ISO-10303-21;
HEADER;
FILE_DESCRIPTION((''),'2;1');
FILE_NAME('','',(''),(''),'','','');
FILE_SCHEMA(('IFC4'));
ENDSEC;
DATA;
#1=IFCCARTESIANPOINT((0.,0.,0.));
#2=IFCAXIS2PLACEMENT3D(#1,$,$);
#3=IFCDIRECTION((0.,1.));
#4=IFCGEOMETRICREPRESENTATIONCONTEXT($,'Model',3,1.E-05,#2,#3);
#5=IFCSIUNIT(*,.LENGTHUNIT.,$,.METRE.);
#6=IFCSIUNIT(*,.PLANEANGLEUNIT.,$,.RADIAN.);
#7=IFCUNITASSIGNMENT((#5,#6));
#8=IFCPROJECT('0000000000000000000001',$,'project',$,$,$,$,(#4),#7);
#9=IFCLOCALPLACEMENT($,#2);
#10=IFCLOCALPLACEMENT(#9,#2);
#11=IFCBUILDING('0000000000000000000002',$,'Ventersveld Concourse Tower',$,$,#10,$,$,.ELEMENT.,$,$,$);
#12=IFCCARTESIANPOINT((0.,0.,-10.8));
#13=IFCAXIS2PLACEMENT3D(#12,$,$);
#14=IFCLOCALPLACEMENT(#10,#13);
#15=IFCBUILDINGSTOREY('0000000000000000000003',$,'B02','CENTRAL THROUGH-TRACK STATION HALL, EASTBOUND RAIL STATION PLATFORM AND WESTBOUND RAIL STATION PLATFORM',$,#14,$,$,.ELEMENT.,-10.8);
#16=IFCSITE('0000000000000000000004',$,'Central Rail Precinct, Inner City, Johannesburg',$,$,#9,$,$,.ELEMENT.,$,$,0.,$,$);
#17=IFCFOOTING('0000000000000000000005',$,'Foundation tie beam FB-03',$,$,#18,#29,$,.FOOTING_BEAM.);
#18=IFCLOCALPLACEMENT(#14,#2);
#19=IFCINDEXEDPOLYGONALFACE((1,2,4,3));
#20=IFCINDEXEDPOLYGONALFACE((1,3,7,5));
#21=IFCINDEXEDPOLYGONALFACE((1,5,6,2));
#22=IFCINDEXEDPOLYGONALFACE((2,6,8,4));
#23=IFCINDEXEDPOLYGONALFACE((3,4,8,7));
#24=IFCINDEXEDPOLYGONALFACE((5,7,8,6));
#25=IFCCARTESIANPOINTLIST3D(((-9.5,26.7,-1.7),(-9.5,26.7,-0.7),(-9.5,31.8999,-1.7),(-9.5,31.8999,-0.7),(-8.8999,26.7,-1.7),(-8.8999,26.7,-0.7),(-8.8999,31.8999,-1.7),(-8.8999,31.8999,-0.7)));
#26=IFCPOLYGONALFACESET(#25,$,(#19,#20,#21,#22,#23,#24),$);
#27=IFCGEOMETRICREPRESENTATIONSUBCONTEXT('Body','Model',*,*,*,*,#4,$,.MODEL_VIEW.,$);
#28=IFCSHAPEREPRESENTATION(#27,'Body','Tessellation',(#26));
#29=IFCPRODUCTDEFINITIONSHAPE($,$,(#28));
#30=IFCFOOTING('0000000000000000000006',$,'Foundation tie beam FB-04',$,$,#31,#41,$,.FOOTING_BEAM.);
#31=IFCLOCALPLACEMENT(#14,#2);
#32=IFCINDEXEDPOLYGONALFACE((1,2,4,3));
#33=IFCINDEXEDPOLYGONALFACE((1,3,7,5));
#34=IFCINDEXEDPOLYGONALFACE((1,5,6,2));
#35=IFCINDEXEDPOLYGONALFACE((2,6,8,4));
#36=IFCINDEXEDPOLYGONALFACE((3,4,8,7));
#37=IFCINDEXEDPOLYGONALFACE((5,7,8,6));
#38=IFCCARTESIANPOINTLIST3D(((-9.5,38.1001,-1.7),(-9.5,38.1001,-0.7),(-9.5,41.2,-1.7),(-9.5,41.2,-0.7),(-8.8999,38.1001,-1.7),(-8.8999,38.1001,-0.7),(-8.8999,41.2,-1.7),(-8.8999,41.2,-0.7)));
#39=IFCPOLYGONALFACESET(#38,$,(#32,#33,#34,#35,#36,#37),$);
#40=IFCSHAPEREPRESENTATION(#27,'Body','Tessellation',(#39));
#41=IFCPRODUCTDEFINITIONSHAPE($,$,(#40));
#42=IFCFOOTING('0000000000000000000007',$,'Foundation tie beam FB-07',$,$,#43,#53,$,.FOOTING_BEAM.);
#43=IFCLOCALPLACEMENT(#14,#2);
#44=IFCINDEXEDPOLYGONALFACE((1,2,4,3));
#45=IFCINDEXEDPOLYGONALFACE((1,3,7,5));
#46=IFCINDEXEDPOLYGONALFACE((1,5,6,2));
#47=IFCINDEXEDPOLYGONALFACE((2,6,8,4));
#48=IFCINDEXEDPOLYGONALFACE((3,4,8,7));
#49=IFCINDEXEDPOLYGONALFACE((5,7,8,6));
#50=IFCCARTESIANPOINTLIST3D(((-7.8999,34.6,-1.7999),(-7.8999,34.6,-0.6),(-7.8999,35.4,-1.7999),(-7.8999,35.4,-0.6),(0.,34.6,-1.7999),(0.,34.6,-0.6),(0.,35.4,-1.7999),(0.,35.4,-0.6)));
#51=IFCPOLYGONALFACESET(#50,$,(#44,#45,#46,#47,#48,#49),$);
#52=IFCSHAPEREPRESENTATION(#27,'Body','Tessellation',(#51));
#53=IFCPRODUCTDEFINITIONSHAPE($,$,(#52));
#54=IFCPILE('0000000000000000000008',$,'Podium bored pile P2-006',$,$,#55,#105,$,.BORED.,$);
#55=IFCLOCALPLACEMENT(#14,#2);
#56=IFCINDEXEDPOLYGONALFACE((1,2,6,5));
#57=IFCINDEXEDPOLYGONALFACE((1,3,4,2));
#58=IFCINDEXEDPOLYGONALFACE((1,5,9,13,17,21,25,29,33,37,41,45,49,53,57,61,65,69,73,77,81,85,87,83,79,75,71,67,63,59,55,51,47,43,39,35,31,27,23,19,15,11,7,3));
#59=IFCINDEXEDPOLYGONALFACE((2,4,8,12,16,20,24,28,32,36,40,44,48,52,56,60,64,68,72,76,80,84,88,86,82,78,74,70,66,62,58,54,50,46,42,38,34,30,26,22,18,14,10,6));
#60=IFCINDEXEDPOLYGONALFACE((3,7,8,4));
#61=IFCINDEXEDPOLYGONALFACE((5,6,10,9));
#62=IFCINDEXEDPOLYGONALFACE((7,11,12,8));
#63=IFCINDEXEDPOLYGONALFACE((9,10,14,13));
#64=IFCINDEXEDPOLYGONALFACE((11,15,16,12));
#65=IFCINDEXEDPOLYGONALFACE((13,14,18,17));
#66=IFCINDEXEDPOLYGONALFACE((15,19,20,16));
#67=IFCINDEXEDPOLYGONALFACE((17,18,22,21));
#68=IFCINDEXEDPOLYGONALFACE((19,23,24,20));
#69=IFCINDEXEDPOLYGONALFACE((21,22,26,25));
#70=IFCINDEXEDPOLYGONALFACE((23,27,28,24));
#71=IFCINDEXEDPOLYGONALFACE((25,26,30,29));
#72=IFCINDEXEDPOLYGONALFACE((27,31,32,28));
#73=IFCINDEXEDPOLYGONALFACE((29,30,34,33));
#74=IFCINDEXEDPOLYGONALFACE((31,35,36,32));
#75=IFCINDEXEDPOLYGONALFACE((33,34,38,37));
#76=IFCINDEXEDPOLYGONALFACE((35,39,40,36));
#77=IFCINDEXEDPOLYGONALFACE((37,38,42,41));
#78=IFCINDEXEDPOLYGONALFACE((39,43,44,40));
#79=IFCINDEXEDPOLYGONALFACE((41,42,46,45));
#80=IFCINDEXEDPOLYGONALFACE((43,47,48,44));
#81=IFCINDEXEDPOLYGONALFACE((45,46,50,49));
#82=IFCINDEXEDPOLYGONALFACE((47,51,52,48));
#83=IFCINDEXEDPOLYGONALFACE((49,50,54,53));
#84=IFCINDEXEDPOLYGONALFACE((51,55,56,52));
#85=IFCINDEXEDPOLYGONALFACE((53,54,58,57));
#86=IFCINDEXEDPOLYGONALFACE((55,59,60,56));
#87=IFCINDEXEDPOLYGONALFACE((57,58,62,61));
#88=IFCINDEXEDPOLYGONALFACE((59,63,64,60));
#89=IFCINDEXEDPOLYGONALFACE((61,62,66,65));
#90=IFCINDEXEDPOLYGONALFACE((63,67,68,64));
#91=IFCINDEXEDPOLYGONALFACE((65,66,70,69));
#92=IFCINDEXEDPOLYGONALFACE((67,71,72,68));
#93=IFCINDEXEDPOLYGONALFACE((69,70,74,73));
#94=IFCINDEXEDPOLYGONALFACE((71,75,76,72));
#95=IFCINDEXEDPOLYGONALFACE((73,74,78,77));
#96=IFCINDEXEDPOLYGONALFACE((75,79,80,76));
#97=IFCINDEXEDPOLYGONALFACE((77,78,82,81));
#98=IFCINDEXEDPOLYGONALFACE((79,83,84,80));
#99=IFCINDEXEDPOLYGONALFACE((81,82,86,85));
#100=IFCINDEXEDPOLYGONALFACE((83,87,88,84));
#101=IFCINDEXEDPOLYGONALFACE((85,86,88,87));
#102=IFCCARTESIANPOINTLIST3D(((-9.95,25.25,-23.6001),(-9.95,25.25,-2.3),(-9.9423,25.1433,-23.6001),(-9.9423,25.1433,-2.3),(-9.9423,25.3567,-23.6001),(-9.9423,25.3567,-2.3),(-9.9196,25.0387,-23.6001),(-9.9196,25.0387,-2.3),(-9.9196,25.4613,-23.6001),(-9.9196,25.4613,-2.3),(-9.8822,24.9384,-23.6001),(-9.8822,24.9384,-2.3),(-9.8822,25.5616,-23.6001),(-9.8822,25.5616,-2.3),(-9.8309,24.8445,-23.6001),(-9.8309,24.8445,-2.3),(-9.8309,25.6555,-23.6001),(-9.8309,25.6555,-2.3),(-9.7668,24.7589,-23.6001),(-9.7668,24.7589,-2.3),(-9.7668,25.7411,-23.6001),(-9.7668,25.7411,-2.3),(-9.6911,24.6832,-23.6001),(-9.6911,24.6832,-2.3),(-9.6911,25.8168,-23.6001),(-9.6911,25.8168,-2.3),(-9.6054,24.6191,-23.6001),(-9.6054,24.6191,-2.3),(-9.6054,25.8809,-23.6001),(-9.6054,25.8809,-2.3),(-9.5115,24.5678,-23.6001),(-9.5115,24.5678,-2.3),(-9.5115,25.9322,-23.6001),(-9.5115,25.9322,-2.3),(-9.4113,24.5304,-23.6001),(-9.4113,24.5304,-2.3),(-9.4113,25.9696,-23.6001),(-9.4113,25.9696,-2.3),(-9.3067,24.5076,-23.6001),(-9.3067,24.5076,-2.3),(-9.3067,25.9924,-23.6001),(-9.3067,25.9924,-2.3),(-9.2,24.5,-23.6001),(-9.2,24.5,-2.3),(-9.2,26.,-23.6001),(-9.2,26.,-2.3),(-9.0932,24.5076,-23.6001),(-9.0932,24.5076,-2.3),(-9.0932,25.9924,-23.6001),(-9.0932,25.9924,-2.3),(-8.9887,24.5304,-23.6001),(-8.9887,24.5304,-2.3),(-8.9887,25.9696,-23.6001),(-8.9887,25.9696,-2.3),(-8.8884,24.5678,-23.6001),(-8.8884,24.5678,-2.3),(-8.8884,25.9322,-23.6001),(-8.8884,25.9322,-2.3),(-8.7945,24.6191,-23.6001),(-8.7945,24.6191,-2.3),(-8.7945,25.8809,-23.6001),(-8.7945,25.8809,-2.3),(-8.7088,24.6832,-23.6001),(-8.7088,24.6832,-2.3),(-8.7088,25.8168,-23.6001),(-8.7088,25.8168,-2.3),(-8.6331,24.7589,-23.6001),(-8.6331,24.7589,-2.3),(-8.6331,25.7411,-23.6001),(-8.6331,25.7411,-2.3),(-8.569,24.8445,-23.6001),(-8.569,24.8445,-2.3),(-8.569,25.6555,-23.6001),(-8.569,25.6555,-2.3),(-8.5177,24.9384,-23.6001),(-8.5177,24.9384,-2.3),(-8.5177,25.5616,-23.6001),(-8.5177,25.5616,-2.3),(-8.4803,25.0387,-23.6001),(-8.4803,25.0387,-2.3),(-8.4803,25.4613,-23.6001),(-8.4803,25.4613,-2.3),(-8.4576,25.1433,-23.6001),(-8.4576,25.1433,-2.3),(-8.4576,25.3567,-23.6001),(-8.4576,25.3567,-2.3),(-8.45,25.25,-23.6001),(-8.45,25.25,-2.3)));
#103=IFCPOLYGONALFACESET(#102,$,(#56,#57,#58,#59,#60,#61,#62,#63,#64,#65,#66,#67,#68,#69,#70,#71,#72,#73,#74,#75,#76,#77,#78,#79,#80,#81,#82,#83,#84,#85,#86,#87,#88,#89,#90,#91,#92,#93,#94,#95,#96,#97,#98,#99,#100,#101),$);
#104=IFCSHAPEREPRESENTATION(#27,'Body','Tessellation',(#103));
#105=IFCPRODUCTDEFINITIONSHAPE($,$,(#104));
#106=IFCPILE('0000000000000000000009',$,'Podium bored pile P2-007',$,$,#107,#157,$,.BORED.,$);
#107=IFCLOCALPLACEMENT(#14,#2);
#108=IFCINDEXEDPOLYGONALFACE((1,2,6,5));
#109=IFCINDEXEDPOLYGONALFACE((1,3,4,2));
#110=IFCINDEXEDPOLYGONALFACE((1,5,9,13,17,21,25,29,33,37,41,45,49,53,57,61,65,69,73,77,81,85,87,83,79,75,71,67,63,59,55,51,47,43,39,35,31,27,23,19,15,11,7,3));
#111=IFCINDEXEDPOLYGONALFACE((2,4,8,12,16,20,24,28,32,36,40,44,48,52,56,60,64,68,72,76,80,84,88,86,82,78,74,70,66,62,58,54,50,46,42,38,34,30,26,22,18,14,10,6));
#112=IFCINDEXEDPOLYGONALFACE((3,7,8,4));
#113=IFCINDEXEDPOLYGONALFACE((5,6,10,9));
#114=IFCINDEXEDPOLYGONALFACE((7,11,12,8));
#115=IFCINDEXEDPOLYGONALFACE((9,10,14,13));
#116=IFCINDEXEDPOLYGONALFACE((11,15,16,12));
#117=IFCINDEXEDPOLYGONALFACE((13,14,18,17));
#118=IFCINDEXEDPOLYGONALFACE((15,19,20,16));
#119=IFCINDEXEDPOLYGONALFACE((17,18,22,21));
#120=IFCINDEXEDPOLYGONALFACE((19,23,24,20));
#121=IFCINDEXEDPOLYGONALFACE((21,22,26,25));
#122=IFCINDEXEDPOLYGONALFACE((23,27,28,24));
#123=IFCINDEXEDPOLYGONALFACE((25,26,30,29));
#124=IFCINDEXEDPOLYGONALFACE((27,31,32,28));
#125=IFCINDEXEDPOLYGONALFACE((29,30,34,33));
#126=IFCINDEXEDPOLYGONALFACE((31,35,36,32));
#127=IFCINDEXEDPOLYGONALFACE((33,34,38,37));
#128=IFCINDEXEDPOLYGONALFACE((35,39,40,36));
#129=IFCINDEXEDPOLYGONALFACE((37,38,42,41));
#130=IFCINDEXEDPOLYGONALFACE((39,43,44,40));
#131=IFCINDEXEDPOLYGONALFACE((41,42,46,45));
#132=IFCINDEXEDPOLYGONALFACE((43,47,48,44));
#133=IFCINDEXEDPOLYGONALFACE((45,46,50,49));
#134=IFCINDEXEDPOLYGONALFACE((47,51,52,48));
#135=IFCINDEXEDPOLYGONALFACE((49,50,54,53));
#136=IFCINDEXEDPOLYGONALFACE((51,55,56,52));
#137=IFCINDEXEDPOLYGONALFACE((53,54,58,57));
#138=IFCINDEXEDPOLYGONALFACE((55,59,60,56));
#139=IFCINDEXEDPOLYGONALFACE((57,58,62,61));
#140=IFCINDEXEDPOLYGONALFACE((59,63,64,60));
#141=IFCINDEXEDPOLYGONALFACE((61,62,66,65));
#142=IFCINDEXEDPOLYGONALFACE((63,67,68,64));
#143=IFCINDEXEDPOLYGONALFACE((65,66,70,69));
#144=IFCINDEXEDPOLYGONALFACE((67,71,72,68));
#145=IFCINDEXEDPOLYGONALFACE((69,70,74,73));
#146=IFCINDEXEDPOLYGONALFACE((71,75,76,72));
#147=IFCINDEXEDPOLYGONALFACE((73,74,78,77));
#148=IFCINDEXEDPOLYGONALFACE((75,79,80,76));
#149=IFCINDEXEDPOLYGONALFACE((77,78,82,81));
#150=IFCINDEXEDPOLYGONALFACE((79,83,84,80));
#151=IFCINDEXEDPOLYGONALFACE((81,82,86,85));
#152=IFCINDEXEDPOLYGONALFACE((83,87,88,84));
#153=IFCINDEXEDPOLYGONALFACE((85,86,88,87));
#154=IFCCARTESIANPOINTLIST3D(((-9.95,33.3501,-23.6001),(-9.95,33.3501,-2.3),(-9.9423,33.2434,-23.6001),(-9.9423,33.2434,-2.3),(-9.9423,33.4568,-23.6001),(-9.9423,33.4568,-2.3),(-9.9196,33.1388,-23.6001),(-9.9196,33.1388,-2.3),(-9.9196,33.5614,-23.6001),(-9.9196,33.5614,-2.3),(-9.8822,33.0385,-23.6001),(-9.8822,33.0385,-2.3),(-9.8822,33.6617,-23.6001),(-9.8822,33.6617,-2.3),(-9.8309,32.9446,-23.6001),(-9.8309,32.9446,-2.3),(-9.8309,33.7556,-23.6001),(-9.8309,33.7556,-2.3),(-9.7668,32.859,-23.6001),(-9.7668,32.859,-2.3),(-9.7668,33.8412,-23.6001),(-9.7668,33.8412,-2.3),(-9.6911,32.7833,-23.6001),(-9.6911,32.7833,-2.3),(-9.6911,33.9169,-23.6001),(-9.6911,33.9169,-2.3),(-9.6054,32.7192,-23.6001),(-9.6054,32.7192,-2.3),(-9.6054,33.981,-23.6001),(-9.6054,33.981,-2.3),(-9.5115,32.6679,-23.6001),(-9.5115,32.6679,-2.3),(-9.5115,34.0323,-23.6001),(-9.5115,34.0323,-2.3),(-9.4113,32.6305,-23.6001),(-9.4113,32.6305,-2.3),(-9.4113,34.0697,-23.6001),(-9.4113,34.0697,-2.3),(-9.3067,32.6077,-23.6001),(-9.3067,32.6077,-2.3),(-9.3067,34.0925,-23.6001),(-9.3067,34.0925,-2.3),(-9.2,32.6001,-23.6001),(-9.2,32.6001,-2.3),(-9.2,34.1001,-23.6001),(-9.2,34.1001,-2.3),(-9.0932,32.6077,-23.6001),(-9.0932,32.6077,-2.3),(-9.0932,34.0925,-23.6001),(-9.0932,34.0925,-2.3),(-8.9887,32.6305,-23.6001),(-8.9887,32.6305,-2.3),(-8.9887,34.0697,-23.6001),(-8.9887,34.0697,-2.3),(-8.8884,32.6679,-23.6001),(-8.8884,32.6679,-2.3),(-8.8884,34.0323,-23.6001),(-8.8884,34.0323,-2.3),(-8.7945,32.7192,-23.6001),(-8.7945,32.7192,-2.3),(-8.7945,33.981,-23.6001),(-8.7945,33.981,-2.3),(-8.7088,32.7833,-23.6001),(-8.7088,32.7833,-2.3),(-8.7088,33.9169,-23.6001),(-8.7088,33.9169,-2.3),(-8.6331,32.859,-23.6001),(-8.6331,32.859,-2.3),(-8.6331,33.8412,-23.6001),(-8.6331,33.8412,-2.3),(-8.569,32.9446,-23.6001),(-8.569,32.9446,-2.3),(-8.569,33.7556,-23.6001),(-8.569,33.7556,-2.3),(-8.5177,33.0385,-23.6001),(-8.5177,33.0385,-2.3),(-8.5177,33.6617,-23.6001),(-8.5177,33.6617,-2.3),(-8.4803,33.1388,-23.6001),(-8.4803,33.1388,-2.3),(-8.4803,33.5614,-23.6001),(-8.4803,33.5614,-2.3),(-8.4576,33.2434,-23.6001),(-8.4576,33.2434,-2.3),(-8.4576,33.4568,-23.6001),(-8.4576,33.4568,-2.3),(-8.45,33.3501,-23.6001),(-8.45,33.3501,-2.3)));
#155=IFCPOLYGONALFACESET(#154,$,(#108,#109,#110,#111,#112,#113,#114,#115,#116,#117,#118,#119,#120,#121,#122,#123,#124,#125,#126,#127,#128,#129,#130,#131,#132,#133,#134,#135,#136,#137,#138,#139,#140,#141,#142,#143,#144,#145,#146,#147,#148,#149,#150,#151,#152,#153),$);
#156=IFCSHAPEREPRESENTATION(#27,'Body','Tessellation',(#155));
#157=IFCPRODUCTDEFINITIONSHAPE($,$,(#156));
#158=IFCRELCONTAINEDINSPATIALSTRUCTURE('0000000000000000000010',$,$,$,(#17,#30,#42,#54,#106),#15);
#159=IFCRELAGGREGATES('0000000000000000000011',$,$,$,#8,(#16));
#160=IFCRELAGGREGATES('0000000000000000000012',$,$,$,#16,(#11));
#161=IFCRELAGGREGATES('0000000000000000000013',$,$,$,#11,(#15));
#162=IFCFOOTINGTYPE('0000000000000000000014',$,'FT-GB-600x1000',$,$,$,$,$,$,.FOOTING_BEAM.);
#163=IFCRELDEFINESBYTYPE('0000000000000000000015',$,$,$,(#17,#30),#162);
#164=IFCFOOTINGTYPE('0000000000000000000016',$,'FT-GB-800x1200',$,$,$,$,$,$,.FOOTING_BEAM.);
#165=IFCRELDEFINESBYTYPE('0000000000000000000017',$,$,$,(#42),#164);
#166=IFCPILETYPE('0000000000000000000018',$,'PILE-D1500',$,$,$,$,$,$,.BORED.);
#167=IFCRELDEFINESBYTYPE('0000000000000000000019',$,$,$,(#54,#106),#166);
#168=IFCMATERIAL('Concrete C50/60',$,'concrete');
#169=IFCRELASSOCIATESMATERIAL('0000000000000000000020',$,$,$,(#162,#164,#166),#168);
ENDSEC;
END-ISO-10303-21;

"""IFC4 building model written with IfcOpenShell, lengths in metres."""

from ifc_helpers import new_model, si_unit, direction, frame, origin, origin_2d, place, context, subcontext, project, spatial, rectangle, circle, extrude, material, material_profile, profile_set, type_object, element, save


model = new_model("IFC4")

# Units and contexts
model_context = context("Model", 3, precision=1e-05, world=origin(), true_north=direction((0.0, 1.0)))
body_context = subcontext(model_context, "Body", "Model", "MODEL_VIEW")
ifc_project = project(units=[si_unit("LENGTHUNIT", "METRE"), si_unit("PLANEANGLEUNIT", "RADIAN")], contexts=[model_context])

# Site, building, storey
site_placement = place(None, origin())
site = spatial("IfcSite", under=ifc_project, at=site_placement, Name="Central Rail Precinct, Inner City, Johannesburg", CompositionType="ELEMENT", RefElevation=0.0)
building_placement = place(site_placement, origin())
building = spatial("IfcBuilding", under=site, at=building_placement, Name="Ventersveld Concourse Tower", CompositionType="ELEMENT")
storey_placement = place(building_placement, frame((0.0, 0.0, -10.8)))
storey = spatial("IfcBuildingStorey", under=building, at=storey_placement, Name="B02", Description="CENTRAL THROUGH-TRACK STATION HALL, EASTBOUND RAIL STATION PLATFORM AND WESTBOUND RAIL STATION PLATFORM", CompositionType="ELEMENT", Elevation=-10.8)

# Footings
ifc_material_1 = material(Name="Concrete C50/60", Category="concrete")
ifc_material_profile_1 = material_profile(ifc_material_1, rectangle(XDim=0.6001, YDim=1.0, at=origin_2d()), Name="GB 600x1000")
ifc_profile_set_1 = profile_set([ifc_material_profile_1], Name="Concrete C50/60")
footing_type_1 = type_object("IfcFootingType", Name="FT-GB-600x1000", PredefinedType="FOOTING_BEAM", material=ifc_profile_set_1)
footing_1_placement = place(storey_placement, frame((-9.2, 26.7, -1.2), z_axis=(0.0, 1.0, 0.0), x_axis=(-1.0, 0.0, 0.0)))
element("IfcFooting", 1, at=footing_1_placement, inside=storey, type_object=footing_type_1, Name="Foundation tie beam FB-03", PredefinedType="FOOTING_BEAM", context=body_context, shape_type="SweptSolid", body=[
    extrude(rectangle(XDim=0.6001, YDim=1.0, at=origin_2d()), origin(), (0.0, 0.0, 1.0), 5.2),
])
footing_2_placement = place(storey_placement, frame((-9.2, 38.1001, -1.2), z_axis=(0.0, 1.0, 0.0), x_axis=(-1.0, 0.0, 0.0)))
element("IfcFooting", 2, at=footing_2_placement, inside=storey, type_object=footing_type_1, Name="Foundation tie beam FB-04", PredefinedType="FOOTING_BEAM", context=body_context, shape_type="SweptSolid", body=[
    extrude(rectangle(XDim=0.6001, YDim=1.0, at=origin_2d()), origin(), (0.0, 0.0, 1.0), 3.0999),
])
ifc_material_profile_2 = material_profile(ifc_material_1, rectangle(XDim=0.8, YDim=1.2, at=origin_2d()), Name="GB 800x1200")
ifc_profile_set_2 = profile_set([ifc_material_profile_2], Name="Concrete C50/60")
footing_type_2 = type_object("IfcFootingType", Name="FT-GB-800x1200", PredefinedType="FOOTING_BEAM", material=ifc_profile_set_2)
footing_3_placement = place(storey_placement, frame((-7.8999, 35.0, -1.2), z_axis=(1.0, 0.0, 0.0), x_axis=(0.0, 1.0, 0.0)))
element("IfcFooting", 3, at=footing_3_placement, inside=storey, type_object=footing_type_2, Name="Foundation tie beam FB-07", PredefinedType="FOOTING_BEAM", context=body_context, shape_type="SweptSolid", body=[
    extrude(rectangle(XDim=0.8, YDim=1.2, at=origin_2d()), origin(), (0.0, 0.0, 1.0), 7.8999),
])

# Piles
ifc_material_profile_3 = material_profile(ifc_material_1, circle(Radius=0.75, at=origin_2d()), Name="PILE D1500")
ifc_profile_set_3 = profile_set([ifc_material_profile_3], Name="Concrete C50/60")
pile_type_1 = type_object("IfcPileType", Name="PILE-D1500", PredefinedType="BORED", material=ifc_profile_set_3)
for number, where, z_axis, x_axis, name in (
    (4, (-9.2, 25.25, -2.3), (0.0, 0.0, -1.0), (1.0, 0.0, 0.0), "Podium bored pile P2-006"),
    (5, (-9.2, 33.3501, -2.3), (0.0, 0.0, -1.0), (1.0, 0.0, 0.0), "Podium bored pile P2-007"),
):
    element("IfcPile", number, at=place(storey_placement, frame(where, z_axis=z_axis, x_axis=x_axis)), inside=storey, type_object=pile_type_1, Name=name, PredefinedType="BORED", context=body_context, shape_type="SweptSolid", body=[
        extrude(circle(Radius=0.75, at=origin_2d()), origin(), (0.0, 0.0, 1.0), 21.3),
    ])

save(model, "model.ifc")
